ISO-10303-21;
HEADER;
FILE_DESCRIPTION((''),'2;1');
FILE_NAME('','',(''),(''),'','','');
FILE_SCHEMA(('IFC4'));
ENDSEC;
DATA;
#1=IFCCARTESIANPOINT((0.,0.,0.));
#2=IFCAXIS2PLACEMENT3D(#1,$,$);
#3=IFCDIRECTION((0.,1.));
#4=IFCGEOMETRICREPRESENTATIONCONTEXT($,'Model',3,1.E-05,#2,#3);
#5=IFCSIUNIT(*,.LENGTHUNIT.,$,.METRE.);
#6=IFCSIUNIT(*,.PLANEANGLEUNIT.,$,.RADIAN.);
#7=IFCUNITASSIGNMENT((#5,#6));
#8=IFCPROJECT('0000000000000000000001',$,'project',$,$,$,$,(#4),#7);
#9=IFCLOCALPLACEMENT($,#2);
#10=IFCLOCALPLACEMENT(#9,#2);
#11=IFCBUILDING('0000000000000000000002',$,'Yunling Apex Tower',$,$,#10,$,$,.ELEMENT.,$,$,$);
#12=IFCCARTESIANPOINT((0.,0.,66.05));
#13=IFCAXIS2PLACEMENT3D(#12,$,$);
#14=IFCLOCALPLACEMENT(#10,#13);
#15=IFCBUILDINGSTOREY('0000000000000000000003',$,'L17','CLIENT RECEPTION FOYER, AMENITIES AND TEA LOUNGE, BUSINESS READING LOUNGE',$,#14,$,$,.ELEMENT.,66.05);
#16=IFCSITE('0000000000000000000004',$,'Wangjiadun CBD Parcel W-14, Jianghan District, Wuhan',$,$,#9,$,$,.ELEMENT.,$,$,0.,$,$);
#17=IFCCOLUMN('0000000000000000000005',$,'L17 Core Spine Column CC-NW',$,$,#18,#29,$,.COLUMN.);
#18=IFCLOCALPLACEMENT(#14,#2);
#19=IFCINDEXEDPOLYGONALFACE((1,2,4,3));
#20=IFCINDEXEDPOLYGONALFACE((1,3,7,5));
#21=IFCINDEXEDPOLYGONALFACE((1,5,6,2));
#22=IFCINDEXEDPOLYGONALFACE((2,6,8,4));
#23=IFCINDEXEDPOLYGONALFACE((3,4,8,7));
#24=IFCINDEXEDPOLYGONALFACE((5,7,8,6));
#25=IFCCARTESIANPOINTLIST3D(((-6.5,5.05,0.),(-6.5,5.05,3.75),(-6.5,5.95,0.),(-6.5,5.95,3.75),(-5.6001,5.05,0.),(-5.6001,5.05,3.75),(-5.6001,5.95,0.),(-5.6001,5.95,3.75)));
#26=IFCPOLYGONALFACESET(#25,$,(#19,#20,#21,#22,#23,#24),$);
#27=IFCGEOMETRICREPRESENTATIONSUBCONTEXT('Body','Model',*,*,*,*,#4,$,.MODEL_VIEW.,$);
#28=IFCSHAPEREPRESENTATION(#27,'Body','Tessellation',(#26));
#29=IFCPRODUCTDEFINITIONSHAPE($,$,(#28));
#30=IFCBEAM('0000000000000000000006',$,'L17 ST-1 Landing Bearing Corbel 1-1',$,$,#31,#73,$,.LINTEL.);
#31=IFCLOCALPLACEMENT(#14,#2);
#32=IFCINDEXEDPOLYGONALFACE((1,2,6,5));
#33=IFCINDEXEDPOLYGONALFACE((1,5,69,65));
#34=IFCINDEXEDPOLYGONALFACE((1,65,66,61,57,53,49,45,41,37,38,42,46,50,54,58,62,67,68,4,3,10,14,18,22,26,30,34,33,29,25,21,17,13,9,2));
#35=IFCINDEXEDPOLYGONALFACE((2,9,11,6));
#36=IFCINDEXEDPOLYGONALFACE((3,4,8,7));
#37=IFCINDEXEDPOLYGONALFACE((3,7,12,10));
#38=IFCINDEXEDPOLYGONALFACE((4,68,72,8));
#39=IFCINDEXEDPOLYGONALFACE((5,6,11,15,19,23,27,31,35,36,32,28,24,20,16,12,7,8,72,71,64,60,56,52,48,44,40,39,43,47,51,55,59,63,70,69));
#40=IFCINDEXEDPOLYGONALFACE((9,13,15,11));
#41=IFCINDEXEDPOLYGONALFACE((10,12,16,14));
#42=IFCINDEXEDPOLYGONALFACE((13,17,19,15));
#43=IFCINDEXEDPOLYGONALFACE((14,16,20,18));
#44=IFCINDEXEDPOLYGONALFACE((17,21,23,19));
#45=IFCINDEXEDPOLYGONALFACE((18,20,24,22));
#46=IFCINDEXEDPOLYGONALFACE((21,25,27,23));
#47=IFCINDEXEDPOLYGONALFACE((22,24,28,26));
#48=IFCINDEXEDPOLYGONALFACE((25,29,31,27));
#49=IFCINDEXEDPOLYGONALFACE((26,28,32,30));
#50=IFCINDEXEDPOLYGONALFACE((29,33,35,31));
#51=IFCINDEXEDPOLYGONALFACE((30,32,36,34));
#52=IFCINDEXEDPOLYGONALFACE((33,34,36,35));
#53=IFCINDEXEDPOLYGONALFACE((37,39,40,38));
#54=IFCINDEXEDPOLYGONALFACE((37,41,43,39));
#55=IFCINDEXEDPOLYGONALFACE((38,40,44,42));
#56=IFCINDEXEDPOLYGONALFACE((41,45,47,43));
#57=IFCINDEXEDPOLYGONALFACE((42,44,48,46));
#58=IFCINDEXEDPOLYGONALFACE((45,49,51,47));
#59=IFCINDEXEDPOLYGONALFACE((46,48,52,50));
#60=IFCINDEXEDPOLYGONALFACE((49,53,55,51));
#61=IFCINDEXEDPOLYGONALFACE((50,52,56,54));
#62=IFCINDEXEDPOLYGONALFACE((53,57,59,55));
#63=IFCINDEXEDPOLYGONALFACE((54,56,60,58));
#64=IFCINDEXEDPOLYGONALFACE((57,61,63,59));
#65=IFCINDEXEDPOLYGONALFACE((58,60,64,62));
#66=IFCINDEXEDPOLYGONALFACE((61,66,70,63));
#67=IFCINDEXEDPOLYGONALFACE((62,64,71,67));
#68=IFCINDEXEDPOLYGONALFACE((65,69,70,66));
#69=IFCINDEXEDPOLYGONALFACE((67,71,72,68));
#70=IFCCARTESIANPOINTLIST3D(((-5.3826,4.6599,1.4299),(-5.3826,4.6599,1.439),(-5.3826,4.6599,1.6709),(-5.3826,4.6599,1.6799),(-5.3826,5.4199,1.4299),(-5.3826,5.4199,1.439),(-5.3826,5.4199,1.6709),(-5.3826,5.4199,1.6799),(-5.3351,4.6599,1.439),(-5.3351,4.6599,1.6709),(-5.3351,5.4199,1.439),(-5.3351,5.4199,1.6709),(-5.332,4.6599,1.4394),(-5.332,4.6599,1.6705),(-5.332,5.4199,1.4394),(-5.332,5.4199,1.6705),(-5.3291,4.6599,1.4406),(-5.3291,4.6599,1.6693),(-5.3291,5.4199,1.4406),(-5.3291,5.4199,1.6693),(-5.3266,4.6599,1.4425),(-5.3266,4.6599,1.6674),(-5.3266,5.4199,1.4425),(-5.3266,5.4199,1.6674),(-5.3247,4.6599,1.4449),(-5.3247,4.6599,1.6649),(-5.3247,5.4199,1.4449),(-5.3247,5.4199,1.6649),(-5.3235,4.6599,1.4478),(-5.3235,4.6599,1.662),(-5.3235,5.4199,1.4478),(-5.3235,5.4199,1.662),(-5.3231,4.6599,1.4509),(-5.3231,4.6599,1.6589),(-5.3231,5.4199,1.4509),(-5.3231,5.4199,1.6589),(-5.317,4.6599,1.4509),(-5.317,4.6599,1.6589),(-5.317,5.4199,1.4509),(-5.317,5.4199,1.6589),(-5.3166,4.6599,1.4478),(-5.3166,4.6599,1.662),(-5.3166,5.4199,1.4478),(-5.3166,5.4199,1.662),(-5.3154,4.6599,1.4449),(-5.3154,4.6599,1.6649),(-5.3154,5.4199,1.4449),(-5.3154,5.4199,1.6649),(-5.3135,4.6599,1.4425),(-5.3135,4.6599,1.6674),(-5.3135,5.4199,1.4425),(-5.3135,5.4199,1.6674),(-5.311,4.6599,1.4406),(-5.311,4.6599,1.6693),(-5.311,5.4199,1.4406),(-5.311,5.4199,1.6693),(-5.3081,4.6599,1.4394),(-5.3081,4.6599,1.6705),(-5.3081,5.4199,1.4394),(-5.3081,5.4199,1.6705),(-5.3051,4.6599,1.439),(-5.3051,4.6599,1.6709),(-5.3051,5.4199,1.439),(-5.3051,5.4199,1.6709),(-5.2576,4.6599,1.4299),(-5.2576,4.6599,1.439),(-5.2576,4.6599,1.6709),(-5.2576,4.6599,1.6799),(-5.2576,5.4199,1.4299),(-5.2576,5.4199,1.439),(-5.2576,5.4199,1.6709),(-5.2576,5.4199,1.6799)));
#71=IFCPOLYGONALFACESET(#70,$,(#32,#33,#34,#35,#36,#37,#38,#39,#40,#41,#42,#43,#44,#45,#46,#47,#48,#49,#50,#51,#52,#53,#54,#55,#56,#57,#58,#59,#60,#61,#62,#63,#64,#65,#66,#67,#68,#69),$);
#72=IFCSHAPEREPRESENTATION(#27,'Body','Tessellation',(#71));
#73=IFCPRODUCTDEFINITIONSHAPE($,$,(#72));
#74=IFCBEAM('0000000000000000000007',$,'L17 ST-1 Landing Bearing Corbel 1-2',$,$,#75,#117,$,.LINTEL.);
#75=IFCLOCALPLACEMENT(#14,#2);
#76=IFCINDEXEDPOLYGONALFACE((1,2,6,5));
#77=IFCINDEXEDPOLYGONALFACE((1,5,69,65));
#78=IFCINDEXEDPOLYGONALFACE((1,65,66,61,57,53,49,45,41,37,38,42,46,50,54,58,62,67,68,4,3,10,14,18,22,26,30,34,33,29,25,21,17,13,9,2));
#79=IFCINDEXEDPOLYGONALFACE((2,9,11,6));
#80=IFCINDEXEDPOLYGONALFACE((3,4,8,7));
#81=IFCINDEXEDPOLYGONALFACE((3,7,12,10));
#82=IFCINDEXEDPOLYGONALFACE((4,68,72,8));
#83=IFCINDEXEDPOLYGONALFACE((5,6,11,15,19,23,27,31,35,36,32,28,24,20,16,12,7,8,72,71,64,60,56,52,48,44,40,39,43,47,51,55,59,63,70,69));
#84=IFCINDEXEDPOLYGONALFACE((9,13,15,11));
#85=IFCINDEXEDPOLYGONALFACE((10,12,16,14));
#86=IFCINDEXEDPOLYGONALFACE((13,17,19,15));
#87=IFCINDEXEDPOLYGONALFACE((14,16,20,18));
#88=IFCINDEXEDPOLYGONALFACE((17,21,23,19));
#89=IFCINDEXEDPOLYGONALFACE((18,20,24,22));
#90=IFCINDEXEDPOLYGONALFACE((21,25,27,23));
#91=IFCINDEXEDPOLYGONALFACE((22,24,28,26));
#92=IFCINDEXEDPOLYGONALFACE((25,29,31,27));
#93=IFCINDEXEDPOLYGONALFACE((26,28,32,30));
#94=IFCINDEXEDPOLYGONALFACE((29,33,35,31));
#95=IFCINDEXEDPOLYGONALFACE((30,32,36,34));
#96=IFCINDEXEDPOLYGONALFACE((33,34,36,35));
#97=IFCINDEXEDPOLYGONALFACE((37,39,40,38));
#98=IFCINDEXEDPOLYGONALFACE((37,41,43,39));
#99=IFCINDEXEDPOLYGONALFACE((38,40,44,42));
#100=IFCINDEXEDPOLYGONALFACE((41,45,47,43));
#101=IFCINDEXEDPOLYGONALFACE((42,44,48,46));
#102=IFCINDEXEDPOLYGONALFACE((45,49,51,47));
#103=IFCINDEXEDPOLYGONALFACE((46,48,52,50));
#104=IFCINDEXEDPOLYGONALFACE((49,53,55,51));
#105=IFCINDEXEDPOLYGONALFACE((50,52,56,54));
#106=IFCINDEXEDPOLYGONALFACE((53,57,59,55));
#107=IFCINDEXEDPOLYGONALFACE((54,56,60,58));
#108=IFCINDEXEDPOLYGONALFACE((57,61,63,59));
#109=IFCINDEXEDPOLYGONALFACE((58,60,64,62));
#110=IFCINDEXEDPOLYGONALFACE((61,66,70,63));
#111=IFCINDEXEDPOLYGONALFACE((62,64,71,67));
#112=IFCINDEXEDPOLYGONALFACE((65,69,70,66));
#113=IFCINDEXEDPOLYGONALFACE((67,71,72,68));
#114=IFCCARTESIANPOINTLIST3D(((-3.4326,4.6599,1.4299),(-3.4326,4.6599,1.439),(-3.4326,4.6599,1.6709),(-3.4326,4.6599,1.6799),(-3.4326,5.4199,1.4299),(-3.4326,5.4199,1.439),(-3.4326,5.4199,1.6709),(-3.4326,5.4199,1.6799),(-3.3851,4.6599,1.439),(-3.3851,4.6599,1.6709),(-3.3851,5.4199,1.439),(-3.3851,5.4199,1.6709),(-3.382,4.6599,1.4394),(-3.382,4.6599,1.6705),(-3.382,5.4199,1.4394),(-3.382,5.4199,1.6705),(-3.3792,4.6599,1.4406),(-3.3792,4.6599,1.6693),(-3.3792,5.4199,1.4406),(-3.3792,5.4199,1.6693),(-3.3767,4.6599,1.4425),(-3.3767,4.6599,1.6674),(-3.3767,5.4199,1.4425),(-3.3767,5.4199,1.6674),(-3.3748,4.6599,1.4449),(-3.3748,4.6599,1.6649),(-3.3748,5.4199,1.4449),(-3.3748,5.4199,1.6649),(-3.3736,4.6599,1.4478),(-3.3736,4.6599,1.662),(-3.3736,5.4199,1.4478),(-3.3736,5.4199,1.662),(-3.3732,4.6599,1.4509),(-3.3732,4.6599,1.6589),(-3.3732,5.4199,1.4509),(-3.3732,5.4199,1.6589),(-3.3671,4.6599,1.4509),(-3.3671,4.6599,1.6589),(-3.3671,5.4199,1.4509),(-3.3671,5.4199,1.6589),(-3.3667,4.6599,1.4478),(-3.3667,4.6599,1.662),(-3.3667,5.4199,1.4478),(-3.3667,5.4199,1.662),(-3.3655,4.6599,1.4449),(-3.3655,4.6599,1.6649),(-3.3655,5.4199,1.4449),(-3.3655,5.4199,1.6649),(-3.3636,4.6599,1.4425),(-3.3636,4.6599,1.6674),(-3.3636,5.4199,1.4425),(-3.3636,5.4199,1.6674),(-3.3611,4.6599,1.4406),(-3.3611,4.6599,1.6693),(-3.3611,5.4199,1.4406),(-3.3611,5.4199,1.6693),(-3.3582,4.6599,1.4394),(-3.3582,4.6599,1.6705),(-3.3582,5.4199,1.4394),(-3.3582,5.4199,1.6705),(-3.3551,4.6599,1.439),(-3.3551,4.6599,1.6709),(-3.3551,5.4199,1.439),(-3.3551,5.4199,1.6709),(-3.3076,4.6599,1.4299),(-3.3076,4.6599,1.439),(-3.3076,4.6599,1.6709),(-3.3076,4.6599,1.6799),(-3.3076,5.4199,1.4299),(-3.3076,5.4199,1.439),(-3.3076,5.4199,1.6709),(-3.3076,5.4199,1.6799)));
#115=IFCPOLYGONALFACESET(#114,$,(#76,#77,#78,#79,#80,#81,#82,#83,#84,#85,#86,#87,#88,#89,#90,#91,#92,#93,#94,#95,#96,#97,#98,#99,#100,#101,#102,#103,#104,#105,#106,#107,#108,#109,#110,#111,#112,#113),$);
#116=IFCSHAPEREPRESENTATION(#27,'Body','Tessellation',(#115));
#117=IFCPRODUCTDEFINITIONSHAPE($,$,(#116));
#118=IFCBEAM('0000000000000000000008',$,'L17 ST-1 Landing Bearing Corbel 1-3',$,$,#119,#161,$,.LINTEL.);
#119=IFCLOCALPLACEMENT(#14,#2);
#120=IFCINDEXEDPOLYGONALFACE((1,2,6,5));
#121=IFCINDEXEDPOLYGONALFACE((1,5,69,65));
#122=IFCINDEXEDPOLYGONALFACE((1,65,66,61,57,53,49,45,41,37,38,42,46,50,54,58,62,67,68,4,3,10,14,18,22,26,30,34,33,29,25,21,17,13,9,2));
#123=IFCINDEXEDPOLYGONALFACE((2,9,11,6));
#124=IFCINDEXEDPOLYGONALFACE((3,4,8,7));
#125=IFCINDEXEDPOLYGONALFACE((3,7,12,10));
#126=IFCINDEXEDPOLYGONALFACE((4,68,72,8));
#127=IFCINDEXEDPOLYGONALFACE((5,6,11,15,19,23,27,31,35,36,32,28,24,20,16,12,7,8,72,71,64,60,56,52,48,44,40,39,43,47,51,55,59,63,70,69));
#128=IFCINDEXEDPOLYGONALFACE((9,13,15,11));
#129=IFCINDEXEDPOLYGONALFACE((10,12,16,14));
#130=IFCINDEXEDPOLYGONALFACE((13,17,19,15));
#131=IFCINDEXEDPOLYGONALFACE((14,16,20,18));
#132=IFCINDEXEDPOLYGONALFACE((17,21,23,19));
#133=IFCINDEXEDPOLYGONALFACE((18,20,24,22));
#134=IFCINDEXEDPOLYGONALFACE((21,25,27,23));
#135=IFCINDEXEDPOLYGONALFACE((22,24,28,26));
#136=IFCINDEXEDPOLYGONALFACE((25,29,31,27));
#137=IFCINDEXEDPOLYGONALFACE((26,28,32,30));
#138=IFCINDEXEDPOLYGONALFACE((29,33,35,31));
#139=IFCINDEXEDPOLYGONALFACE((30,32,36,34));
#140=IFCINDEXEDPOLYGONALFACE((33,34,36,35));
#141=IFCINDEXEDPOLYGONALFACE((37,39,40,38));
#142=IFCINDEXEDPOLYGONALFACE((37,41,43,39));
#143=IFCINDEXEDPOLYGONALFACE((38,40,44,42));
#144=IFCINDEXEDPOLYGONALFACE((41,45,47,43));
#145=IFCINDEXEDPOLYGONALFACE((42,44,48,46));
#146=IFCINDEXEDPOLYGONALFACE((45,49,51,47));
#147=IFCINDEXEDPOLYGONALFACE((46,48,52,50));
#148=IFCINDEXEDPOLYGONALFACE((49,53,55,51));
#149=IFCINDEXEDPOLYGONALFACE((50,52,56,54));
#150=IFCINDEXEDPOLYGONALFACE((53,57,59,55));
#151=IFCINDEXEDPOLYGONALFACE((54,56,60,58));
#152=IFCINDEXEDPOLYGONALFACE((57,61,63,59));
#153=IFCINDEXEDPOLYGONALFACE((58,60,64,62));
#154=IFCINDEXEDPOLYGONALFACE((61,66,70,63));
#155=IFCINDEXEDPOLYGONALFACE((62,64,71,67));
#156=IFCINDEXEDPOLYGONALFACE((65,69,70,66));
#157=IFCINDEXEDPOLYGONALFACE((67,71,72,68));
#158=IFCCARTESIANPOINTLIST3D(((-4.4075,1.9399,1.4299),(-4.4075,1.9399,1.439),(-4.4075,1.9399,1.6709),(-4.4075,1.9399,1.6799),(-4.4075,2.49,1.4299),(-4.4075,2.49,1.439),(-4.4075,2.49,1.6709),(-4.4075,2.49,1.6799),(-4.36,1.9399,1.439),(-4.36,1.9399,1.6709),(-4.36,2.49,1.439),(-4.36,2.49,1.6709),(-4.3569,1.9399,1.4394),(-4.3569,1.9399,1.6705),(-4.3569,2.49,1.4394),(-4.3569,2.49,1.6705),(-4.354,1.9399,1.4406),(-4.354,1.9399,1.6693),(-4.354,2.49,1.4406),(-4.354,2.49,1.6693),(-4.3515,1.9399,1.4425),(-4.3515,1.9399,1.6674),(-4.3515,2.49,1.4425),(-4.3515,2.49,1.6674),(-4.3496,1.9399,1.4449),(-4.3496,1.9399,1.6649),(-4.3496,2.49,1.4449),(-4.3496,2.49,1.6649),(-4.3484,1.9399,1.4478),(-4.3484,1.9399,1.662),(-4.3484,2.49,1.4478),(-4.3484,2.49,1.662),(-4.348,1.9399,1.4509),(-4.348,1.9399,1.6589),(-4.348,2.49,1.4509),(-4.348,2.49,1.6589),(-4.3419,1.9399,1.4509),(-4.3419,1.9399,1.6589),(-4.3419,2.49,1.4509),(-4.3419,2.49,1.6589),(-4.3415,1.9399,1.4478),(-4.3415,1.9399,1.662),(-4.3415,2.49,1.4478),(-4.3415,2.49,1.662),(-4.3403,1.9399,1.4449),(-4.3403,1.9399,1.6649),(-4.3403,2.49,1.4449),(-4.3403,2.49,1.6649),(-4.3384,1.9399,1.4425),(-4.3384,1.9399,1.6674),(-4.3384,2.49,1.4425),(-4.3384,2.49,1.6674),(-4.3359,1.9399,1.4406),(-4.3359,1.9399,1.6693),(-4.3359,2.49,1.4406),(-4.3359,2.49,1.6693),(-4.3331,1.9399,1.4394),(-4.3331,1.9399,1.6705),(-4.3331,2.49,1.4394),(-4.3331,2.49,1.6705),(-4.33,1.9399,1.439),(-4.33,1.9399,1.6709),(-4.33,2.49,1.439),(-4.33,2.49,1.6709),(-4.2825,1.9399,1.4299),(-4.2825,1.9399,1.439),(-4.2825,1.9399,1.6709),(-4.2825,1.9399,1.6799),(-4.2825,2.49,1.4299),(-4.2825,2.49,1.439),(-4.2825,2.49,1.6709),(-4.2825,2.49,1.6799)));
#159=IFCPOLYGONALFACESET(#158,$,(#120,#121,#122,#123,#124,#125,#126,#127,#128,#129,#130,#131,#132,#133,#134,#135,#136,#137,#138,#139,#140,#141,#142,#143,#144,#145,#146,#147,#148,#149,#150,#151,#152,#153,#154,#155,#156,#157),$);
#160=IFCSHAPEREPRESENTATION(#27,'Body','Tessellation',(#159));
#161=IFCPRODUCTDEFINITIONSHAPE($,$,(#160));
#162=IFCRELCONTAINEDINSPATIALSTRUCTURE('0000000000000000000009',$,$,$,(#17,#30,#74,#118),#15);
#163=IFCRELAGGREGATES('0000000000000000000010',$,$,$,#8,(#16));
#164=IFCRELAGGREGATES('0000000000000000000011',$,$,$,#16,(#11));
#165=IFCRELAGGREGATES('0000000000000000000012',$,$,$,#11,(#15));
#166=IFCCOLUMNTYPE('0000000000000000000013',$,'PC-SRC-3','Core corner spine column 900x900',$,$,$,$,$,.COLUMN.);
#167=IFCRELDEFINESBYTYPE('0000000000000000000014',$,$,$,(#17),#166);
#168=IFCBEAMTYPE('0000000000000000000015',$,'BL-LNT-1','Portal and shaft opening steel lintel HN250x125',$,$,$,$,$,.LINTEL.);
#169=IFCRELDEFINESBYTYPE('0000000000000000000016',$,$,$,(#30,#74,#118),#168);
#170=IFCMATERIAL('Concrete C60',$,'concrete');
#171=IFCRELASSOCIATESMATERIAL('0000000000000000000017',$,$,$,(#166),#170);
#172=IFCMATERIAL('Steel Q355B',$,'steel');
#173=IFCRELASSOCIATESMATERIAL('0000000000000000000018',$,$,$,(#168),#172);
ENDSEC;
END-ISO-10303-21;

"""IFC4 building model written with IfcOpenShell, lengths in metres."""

from ifc_helpers import new_model, si_unit, direction, frame, origin, origin_2d, place, context, subcontext, project, spatial, rectangle, i_section, extrude, source, transform, mapped, material, material_profile, profile_set, type_object, element, save


model = new_model("IFC4")

# Units and contexts
model_context = context("Model", 3, precision=1e-05, world=origin(), true_north=direction((0.0, 1.0)))
body_context = subcontext(model_context, "Body", "Model", "MODEL_VIEW")
ifc_project = project(units=[si_unit("LENGTHUNIT", "METRE"), si_unit("PLANEANGLEUNIT", "RADIAN")], contexts=[model_context])

# Site, building, storey
site_placement = place(None, origin())
site = spatial("IfcSite", under=ifc_project, at=site_placement, Name="Wangjiadun CBD Parcel W-14, Jianghan District, Wuhan", CompositionType="ELEMENT", RefElevation=0.0)
building_placement = place(site_placement, origin())
building = spatial("IfcBuilding", under=site, at=building_placement, Name="Yunling Apex Tower", CompositionType="ELEMENT")
storey_placement = place(building_placement, frame((0.0, 0.0, 66.05)))
storey = spatial("IfcBuildingStorey", under=building, at=storey_placement, Name="L17", Description="CLIENT RECEPTION FOYER, AMENITIES AND TEA LOUNGE, BUSINESS READING LOUNGE", CompositionType="ELEMENT", Elevation=66.05)

# Column
ifc_material_1 = material(Name="Concrete C60", Category="concrete")
ifc_material_profile_1 = material_profile(ifc_material_1, rectangle(XDim=0.8999, YDim=0.8999, at=origin_2d()))
ifc_profile_set_1 = profile_set([ifc_material_profile_1], Name="Concrete C60")
column_type = type_object("IfcColumnType", Name="PC-SRC-3", Description="Core corner spine column 900x900", PredefinedType="COLUMN", material=ifc_profile_set_1)
shared_shape_1 = source(origin(), body_context, "Body", "SweptSolid", [
    extrude(rectangle(XDim=0.8999, YDim=0.8999, at=origin_2d()), origin(), (0.0, 0.0, 1.0), 3.75),
])
column_placement = place(storey_placement, frame((-6.05, 5.5, 0.0), z_axis=(0.0, 0.0, 1.0), x_axis=(1.0, 0.0, 0.0)))
element("IfcColumn", 1, at=column_placement, inside=storey, type_object=column_type, Name="L17 Core Spine Column CC-NW", PredefinedType="COLUMN", context=body_context, shape_type="MappedRepresentation", body=[
    mapped(shared_shape_1, transform((0.0, 0.0, 0.0), scale=1.0)),
])

# Beams
ifc_material_2 = material(Name="Steel Q355B", Category="steel")
ifc_material_profile_2 = material_profile(ifc_material_2, i_section(OverallWidth=0.125, OverallDepth=0.25, WebThickness=0.0061, FlangeThickness=0.009, FilletRadius=0.012, at=origin_2d()))
ifc_profile_set_2 = profile_set([ifc_material_profile_2], Name="Steel Q355B")
beam_type_1 = type_object("IfcBeamType", Name="BL-LNT-1", Description="Portal and shaft opening steel lintel HN250x125", PredefinedType="LINTEL", material=ifc_profile_set_2)
shared_shape_2 = source(origin(), body_context, "Body", "SweptSolid", [
    extrude(i_section(OverallWidth=0.125, OverallDepth=0.25, WebThickness=0.0061, FlangeThickness=0.009, FilletRadius=0.012, at=origin_2d()), origin(), (0.0, 0.0, 1.0), 0.76),
])
for number, where, z_axis, x_axis, name in (
    (2, (-5.3201, 5.4199, 1.5549), (0.0, -1.0, 0.0), (1.0, 0.0, 0.0), "L17 ST-1 Landing Bearing Corbel 1-1"),
    (3, (-3.3701, 5.4199, 1.5549), (0.0, -1.0, 0.0), (1.0, 0.0, 0.0), "L17 ST-1 Landing Bearing Corbel 1-2"),
):
    element("IfcBeam", number, at=place(storey_placement, frame(where, z_axis=z_axis, x_axis=x_axis)), inside=storey, type_object=beam_type_1, Name=name, PredefinedType="LINTEL", context=body_context, shape_type="MappedRepresentation", body=[
        mapped(shared_shape_2, transform((0.0, 0.0, 0.0), scale=1.0)),
    ])
shared_shape_3 = source(origin(), body_context, "Body", "SweptSolid", [
    extrude(i_section(OverallWidth=0.125, OverallDepth=0.25, WebThickness=0.0061, FlangeThickness=0.009, FilletRadius=0.012, at=origin_2d()), origin(), (0.0, 0.0, 1.0), 0.55),
])
beam_1_placement = place(storey_placement, frame((-4.345, 1.9399, 1.5549), z_axis=(0.0, 1.0, 0.0), x_axis=(-1.0, 0.0, 0.0)))
element("IfcBeam", 4, at=beam_1_placement, inside=storey, type_object=beam_type_1, Name="L17 ST-1 Landing Bearing Corbel 1-3", PredefinedType="LINTEL", context=body_context, shape_type="MappedRepresentation", body=[
    mapped(shared_shape_3, transform((0.0, 0.0, 0.0), scale=1.0)),
])

save(model, "model.ifc")
